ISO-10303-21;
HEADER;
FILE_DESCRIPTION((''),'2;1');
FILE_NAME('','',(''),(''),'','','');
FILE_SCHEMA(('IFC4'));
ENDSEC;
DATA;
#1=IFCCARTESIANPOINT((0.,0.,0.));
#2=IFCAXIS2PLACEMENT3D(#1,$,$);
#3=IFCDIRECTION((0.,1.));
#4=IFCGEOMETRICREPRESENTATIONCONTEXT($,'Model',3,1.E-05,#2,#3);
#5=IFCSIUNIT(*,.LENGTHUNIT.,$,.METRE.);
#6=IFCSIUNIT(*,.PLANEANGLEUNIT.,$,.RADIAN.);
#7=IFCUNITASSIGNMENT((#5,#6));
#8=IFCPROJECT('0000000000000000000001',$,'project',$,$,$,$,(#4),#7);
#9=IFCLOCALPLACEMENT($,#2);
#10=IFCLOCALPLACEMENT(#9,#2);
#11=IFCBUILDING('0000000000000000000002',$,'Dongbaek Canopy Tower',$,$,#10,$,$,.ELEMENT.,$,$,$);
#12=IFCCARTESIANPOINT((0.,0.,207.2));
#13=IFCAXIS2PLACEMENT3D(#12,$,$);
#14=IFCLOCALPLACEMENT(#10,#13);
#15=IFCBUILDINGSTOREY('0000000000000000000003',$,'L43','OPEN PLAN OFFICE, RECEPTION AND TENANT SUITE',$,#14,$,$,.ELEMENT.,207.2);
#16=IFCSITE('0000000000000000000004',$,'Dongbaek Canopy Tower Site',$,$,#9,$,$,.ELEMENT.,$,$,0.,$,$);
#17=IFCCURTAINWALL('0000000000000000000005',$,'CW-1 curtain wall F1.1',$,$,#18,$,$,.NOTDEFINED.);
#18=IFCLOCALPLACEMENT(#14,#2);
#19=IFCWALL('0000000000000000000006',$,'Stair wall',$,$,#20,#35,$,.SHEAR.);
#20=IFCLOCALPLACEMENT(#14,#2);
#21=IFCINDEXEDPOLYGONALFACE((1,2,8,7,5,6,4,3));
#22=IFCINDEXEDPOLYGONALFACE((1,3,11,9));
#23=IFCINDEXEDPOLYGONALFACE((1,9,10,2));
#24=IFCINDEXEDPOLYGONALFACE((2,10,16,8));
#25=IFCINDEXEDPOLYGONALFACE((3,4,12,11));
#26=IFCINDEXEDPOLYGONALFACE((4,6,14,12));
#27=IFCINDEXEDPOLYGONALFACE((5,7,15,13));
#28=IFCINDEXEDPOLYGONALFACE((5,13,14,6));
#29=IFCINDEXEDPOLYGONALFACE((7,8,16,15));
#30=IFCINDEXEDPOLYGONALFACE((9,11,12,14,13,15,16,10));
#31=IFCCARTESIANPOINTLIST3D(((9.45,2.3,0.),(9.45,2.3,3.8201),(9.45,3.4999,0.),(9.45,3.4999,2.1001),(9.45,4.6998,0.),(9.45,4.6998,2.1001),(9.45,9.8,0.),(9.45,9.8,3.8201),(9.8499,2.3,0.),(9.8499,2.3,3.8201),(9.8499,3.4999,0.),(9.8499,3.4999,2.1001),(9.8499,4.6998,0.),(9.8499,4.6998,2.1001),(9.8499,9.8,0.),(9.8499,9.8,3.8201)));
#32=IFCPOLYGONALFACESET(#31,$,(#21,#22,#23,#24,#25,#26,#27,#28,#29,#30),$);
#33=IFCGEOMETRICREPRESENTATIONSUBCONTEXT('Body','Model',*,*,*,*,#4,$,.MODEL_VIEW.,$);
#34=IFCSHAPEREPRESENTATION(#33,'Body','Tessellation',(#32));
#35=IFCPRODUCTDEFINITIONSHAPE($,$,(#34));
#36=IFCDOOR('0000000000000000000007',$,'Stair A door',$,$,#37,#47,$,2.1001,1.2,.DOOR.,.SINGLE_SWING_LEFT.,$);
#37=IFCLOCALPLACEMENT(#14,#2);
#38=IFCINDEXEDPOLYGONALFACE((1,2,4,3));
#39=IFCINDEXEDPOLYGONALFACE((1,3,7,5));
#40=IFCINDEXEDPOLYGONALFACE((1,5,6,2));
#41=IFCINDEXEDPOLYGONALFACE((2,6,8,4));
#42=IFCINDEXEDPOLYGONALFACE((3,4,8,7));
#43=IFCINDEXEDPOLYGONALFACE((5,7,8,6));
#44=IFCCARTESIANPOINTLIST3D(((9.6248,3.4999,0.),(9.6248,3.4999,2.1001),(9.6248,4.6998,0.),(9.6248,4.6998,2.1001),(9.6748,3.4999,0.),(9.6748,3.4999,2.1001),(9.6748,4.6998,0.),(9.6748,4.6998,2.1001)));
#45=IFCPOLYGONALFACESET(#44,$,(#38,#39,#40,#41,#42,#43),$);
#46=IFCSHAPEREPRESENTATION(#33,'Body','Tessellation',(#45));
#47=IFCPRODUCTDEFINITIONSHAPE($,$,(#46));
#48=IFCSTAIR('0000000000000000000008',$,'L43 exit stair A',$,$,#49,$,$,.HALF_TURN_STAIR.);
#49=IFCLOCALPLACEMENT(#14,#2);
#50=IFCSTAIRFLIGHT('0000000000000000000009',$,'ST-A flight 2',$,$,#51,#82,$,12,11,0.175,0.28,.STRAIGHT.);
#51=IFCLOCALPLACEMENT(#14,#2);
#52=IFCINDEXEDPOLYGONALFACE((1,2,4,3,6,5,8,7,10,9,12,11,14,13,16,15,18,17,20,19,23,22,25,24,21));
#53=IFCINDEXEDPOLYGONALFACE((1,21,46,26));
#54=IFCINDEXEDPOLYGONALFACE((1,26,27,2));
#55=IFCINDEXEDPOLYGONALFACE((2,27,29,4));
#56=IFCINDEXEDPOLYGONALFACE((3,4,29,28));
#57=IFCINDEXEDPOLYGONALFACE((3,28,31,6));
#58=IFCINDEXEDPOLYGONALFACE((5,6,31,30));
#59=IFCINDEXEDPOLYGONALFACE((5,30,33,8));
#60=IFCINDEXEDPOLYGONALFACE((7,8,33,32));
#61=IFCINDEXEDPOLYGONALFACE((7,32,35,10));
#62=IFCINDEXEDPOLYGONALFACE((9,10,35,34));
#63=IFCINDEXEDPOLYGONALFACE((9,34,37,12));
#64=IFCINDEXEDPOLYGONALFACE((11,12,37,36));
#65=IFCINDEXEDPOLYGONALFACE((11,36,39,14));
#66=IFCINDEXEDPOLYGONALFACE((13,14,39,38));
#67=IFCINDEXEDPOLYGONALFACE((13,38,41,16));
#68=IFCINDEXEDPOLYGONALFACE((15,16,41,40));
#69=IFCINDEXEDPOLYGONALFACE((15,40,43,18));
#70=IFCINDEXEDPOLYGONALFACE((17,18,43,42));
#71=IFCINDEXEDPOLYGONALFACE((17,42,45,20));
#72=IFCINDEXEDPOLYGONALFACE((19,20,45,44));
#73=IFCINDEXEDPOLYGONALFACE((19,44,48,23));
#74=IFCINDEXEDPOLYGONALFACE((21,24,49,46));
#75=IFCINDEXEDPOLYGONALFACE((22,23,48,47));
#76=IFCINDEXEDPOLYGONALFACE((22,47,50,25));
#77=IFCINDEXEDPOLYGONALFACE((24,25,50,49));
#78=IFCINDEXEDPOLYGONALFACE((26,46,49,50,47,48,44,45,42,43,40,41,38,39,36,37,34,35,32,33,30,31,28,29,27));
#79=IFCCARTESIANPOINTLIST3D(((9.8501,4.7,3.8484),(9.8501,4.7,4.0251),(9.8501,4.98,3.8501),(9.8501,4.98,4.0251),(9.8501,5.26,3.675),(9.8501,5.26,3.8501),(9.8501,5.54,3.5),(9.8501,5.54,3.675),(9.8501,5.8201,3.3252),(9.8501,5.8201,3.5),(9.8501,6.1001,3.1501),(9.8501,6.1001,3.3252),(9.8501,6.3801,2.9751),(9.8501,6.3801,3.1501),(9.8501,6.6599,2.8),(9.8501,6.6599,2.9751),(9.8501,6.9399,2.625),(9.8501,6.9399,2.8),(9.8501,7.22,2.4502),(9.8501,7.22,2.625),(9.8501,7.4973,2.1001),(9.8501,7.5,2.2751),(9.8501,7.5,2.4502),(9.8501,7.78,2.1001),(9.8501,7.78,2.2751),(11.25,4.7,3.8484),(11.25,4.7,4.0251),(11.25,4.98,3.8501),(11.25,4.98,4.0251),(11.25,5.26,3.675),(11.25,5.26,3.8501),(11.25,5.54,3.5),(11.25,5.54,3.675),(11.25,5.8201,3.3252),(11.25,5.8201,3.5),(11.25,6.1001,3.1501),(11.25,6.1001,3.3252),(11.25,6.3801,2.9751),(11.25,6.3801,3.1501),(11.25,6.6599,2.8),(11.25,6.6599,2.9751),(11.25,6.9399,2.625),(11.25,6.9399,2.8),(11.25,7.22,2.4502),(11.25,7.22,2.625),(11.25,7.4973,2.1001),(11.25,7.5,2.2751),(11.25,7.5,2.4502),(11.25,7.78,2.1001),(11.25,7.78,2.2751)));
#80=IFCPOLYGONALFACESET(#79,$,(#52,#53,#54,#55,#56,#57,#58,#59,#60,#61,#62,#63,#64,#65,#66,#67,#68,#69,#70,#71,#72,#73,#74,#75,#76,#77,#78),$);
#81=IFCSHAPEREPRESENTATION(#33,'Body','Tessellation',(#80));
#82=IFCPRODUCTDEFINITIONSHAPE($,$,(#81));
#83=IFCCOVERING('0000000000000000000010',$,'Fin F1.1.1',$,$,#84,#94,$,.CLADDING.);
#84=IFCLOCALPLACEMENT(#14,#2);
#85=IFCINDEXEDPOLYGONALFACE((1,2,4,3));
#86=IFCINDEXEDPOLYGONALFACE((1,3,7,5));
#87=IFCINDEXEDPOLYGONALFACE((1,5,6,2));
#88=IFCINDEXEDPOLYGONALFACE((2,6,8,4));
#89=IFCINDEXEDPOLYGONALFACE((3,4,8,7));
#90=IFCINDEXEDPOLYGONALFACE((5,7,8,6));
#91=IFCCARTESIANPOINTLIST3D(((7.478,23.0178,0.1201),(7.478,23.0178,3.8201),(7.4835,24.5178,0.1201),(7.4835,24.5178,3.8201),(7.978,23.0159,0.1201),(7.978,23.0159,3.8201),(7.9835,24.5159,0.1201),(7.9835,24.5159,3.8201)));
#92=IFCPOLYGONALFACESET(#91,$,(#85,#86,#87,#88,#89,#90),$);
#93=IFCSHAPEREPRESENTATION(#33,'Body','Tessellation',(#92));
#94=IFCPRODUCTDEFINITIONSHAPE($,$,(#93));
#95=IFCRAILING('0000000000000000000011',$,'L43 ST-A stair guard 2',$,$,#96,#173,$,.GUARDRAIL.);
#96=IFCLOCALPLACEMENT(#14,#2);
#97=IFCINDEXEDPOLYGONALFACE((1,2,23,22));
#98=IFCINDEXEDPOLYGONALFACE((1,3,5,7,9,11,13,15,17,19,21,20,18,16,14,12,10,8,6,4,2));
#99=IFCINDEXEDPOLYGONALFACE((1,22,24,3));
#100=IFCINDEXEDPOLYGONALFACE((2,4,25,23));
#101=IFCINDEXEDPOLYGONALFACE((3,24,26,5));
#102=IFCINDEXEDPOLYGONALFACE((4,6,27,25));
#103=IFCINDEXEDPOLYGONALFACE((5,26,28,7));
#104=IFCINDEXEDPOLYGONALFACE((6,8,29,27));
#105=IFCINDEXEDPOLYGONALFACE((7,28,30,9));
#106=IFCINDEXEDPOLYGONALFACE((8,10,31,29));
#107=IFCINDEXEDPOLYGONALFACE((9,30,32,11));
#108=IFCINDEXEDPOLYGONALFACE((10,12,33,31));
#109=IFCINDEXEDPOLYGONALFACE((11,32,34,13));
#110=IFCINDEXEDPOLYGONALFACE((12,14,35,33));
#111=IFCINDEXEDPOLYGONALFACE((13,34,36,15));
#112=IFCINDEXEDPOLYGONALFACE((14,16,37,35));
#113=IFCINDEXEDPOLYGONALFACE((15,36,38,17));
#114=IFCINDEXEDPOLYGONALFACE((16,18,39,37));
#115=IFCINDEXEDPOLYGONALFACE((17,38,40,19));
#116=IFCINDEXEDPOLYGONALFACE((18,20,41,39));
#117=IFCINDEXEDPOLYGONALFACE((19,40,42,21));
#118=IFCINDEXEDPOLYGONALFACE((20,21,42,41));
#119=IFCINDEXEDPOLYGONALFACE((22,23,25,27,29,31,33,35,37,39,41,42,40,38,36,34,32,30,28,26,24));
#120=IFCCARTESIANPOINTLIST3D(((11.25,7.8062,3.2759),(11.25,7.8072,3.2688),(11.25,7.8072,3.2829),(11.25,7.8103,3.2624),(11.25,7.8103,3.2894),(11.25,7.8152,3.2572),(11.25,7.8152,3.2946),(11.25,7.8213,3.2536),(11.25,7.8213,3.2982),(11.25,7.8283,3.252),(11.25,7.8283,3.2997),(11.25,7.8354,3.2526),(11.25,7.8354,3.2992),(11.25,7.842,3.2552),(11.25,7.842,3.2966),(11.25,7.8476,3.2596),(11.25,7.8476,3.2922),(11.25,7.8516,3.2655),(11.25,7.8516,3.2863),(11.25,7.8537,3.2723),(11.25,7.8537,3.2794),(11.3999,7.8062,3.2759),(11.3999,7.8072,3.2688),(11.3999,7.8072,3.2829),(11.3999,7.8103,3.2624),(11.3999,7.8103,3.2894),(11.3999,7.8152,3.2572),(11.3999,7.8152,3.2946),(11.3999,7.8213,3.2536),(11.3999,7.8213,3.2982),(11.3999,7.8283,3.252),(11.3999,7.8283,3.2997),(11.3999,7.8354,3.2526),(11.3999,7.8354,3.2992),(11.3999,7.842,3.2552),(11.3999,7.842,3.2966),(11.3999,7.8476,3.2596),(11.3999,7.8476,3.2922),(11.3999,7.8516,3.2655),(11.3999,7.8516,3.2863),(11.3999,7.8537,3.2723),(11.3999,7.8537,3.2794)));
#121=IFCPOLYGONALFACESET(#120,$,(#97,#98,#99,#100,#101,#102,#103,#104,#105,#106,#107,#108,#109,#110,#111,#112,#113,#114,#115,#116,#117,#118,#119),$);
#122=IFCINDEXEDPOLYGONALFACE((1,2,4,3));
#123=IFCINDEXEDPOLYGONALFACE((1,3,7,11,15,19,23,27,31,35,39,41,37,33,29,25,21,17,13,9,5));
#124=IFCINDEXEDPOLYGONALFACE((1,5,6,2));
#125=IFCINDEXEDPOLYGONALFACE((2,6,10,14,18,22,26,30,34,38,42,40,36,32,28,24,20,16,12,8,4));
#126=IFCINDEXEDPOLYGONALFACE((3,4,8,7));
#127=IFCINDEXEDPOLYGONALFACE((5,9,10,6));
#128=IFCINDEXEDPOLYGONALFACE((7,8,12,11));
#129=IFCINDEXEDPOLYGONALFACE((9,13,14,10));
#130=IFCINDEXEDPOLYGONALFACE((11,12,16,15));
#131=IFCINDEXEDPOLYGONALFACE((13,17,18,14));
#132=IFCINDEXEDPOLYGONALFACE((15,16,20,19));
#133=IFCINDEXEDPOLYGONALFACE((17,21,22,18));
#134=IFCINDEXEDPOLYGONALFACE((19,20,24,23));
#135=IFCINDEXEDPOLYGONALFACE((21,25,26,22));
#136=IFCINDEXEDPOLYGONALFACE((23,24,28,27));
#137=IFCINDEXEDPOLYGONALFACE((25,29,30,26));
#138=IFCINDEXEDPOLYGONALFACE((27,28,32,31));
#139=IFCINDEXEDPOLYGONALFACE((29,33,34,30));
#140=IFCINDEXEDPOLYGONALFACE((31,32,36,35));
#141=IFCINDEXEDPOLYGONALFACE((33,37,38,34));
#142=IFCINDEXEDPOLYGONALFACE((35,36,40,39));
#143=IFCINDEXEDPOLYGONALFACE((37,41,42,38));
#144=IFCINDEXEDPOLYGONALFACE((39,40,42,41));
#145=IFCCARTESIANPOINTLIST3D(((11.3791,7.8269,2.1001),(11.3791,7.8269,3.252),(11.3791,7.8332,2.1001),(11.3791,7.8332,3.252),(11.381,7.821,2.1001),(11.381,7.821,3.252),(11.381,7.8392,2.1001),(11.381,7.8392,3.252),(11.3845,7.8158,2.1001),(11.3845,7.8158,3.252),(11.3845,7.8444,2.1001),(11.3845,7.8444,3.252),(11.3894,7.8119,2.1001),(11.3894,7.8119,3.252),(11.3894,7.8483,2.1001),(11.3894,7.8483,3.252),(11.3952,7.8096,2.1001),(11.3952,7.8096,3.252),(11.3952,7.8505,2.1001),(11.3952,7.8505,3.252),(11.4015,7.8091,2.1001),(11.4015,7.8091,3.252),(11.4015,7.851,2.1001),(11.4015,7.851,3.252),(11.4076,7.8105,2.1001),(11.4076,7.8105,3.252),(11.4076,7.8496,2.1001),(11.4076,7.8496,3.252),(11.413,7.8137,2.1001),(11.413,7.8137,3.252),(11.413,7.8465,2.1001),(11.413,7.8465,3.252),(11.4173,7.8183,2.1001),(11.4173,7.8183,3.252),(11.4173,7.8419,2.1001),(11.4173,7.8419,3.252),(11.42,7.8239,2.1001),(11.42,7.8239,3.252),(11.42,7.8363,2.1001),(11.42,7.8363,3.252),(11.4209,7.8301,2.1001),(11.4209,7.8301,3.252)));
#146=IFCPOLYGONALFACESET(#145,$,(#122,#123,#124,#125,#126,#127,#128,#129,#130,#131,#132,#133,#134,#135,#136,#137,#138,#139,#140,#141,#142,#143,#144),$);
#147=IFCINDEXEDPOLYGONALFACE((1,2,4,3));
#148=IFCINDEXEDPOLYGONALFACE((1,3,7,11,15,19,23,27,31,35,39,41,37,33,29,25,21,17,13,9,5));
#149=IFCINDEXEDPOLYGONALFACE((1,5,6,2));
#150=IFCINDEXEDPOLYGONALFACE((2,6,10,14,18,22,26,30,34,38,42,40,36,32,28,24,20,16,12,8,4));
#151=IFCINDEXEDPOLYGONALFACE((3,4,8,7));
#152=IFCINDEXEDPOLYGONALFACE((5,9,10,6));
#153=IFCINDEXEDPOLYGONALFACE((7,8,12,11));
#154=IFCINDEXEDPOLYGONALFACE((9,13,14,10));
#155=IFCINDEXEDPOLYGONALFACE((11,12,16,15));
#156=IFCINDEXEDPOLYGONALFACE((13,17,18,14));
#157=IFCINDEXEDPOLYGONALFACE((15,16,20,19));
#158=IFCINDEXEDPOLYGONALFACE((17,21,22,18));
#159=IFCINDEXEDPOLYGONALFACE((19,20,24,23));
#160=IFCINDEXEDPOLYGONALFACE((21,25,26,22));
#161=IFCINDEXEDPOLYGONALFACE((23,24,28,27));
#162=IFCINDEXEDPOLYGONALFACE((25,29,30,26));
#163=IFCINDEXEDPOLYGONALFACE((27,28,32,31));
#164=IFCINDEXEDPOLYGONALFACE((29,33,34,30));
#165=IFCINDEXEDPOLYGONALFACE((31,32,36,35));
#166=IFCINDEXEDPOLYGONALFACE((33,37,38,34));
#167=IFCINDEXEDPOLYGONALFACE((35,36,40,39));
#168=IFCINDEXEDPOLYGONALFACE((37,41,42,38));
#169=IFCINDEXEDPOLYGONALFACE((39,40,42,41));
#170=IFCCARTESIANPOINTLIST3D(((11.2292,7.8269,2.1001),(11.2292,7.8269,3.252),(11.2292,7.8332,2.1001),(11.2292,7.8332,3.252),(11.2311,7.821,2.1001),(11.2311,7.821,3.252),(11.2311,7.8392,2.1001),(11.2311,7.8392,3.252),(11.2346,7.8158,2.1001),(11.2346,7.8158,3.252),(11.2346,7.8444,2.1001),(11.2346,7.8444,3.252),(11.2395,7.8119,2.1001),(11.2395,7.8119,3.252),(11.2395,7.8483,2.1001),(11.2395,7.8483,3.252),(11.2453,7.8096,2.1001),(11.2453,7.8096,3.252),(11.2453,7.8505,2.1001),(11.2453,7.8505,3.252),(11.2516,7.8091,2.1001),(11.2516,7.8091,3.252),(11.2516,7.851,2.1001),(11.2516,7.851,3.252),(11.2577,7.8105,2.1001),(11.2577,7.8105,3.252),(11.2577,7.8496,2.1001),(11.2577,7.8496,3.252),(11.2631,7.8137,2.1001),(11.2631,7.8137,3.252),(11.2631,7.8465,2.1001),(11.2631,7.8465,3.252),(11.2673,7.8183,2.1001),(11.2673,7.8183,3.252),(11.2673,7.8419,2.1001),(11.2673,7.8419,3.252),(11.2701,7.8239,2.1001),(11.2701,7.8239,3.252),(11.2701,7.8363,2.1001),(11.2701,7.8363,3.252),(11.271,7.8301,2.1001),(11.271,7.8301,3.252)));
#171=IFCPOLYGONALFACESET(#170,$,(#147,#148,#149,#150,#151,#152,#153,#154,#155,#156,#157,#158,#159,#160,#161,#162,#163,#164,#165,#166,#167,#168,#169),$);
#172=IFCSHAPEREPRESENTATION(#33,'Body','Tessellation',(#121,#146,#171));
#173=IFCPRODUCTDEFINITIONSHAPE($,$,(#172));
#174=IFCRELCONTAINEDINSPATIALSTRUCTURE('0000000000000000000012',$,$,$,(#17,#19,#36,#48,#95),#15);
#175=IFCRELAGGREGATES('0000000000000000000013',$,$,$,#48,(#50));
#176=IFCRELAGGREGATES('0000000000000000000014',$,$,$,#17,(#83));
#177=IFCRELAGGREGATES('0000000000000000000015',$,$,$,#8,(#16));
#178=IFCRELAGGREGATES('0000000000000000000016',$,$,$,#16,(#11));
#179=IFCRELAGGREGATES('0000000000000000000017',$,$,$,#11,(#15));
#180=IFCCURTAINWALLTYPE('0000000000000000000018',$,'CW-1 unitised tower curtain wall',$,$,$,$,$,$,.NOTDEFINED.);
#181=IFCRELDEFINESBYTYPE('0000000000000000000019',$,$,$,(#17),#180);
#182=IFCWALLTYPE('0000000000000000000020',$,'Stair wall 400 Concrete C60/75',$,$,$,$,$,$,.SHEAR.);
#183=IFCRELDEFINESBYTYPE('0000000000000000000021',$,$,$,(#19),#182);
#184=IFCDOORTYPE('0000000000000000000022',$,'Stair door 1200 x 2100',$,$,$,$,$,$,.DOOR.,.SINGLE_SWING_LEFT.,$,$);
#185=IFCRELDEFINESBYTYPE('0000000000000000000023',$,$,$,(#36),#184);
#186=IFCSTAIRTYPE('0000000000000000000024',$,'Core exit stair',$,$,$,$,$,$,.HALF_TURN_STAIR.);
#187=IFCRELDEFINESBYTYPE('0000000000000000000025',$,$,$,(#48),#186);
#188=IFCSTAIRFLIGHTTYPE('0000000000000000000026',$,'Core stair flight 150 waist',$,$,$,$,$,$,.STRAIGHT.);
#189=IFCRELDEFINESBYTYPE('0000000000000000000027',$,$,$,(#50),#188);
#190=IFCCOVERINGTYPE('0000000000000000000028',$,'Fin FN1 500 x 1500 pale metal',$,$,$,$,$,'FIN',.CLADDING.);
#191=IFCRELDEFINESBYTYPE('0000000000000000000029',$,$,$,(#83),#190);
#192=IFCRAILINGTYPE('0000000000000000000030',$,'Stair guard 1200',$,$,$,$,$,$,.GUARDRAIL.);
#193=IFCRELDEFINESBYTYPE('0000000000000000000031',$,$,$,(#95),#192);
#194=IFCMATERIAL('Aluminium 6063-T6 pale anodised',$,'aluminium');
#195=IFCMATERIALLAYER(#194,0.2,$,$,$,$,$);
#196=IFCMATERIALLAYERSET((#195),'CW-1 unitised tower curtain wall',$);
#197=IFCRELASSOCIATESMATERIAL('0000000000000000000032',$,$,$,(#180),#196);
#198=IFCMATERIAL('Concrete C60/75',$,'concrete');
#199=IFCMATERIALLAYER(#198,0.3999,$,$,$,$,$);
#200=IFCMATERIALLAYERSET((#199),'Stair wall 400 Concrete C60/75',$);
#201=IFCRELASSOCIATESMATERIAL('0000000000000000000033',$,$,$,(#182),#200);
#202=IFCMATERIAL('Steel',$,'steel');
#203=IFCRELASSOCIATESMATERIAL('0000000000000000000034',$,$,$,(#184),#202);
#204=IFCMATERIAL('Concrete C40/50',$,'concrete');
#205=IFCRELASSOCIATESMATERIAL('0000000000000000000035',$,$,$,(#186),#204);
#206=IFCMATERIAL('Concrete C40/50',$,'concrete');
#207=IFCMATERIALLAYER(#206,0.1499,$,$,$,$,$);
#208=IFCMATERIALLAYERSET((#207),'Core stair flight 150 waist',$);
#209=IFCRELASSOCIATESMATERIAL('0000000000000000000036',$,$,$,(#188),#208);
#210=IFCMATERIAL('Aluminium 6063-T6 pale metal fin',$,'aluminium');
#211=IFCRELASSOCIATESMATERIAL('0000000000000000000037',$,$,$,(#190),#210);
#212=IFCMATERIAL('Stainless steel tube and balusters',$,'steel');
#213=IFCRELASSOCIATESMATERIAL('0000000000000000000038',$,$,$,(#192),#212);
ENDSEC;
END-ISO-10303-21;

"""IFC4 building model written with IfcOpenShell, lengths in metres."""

from ifc_helpers import new_model, si_unit, direction, frame, frame_2d, origin, origin_2d, place, context, subcontext, project, spatial, polyline, rectangle, circle, outline, extrude, material, layer, layer_set, material_profile, profile_set, type_object, element, fill, aggregate, save


model = new_model("IFC4")

# Units and contexts
model_context = context("Model", 3, precision=1e-05, world=origin(), true_north=direction((0.0, 1.0)))
body_context = subcontext(model_context, "Body", "Model", "MODEL_VIEW")
ifc_project = project(units=[si_unit("LENGTHUNIT", "METRE"), si_unit("PLANEANGLEUNIT", "RADIAN")], contexts=[model_context])

# Site, building, storey
site_placement = place(None, origin())
site = spatial("IfcSite", under=ifc_project, at=site_placement, Name="Dongbaek Canopy Tower Site", CompositionType="ELEMENT", RefElevation=0.0)
building_placement = place(site_placement, origin())
building = spatial("IfcBuilding", under=site, at=building_placement, Name="Dongbaek Canopy Tower", CompositionType="ELEMENT")
storey_placement = place(building_placement, frame((0.0, 0.0, 207.2)))
storey = spatial("IfcBuildingStorey", under=building, at=storey_placement, Name="L43", Description="OPEN PLAN OFFICE, RECEPTION AND TENANT SUITE", CompositionType="ELEMENT", Elevation=207.2)

# Shared definitions
ifc_material_1 = material(Name="Aluminium 6063-T6 pale anodised", Category="aluminium")
ifc_layer_1 = layer(ifc_material_1, 0.2)
ifc_layer_set_1 = layer_set([ifc_layer_1], Name="CW-1 unitised tower curtain wall")
curtain_wall_type = type_object("IfcCurtainWallType", Name="CW-1 unitised tower curtain wall", PredefinedType="NOTDEFINED", material=ifc_layer_set_1)

# Curtain wall
curtain_wall_1_placement = place(storey_placement, origin())
curtain_wall_1 = element("IfcCurtainWall", 1, at=curtain_wall_1_placement, inside=storey, type_object=curtain_wall_type, Name="CW-1 curtain wall F1.1", PredefinedType="NOTDEFINED")

# Wall, opening, door
ifc_material_2 = material(Name="Concrete C60/75", Category="concrete")
ifc_layer_2 = layer(ifc_material_2, 0.3999)
ifc_layer_set_2 = layer_set([ifc_layer_2], Name="Stair wall 400 Concrete C60/75")
wall_type_1 = type_object("IfcWallType", Name="Stair wall 400 Concrete C60/75", PredefinedType="SHEAR", material=ifc_layer_set_2)
wall_1_placement = place(storey_placement, frame((9.6499, 9.8, 0.0), z_axis=(0.0, 0.0, 1.0), x_axis=(0.0, -1.0, 0.0)))
wall_1 = element("IfcWall", 2, at=wall_1_placement, inside=storey, type_object=wall_type_1, Name="Stair wall", PredefinedType="SHEAR", context=body_context, shape_type="SweptSolid", body=[
    extrude(rectangle(XDim=7.5, YDim=0.3999, at=frame_2d((3.75, 0.0))), origin(), (0.0, 0.0, 1.0), 3.8201),
])
opening_placement = place(wall_1_placement, frame((5.1001, 0.0, 0.0)))
opening = element("IfcOpeningElement", 3, at=opening_placement, cuts=wall_1, PredefinedType="OPENING", context=body_context, shape_type="SweptSolid", body=[
    extrude(rectangle(XDim=1.2, YDim=2.1001, at=frame_2d((0.6001, 1.05))), frame((0.0, 0.21, 0.0), z_axis=(0.0, -1.0, 0.0), x_axis=(1.0, 0.0, 0.0)), (0.0, 0.0, 1.0), 0.4199),
])
ifc_material_3 = material(Name="Steel", Category="steel")
door_type = type_object("IfcDoorType", Name="Stair door 1200 x 2100", OperationType="SINGLE_SWING_LEFT", PredefinedType="DOOR", material=ifc_material_3)
door_placement = place(opening_placement, origin())
door = element("IfcDoor", 4, at=door_placement, inside=storey, type_object=door_type, Name="Stair A door", OperationType="SINGLE_SWING_LEFT", OverallHeight=2.1001, OverallWidth=1.2, PredefinedType="DOOR", context=body_context, shape_type="SweptSolid", body=[
    extrude(rectangle(XDim=1.2, YDim=2.1001, at=frame_2d((0.6001, 1.05))), frame((0.0, 0.0249, 0.0), z_axis=(0.0, -1.0, 0.0), x_axis=(1.0, 0.0, 0.0)), (0.0, 0.0, 1.0), 0.05),
])
fill(opening, door)

# Stair, stair flight
ifc_material_4 = material(Name="Concrete C40/50", Category="concrete")
stair_type = type_object("IfcStairType", Name="Core exit stair", PredefinedType="HALF_TURN_STAIR", material=ifc_material_4)
stair_placement = place(storey_placement, origin())
stair = element("IfcStair", 5, at=stair_placement, inside=storey, type_object=stair_type, Name="L43 exit stair A", PredefinedType="HALF_TURN_STAIR")
ifc_material_5 = material(Name="Concrete C40/50", Category="concrete")
ifc_layer_3 = layer(ifc_material_5, 0.1499)
ifc_layer_set_3 = layer_set([ifc_layer_3], Name="Core stair flight 150 waist")
stair_flight_type = type_object("IfcStairFlightType", Name="Core stair flight 150 waist", PredefinedType="STRAIGHT", material=ifc_layer_set_3)
stair_flight_placement = place(storey_placement, frame((10.55, 7.78, 2.1001), z_axis=(0.0, 0.0, 1.0), x_axis=(0.0, -1.0, 0.0)))
stair_flight = element("IfcStairFlight", 6, at=stair_flight_placement, type_object=stair_flight_type, Name="ST-A flight 2", NumberOfRisers=12, NumberOfTreads=11, PredefinedType="STRAIGHT", RiserHeight=0.175, TreadLength=0.28, context=body_context, shape_type="SweptSolid", body=[
    extrude(outline(polyline([(0.0, 0.0), (0.0, 0.175), (0.28, 0.175), (0.28, 0.3501), (0.5601, 0.3501), (0.5601, 0.5249), (0.8401, 0.5249), (0.8401, 0.7), (1.1201, 0.7), (1.1201, 0.875), (1.3999, 0.875), (1.3999, 1.05), (1.6799, 1.05), (1.6799, 1.2251), (1.96, 1.2251), (1.96, 1.3999), (2.24, 1.3999), (2.24, 1.575), (2.52, 1.575), (2.52, 1.75), (2.8, 1.75), (2.8, 1.925), (3.0801, 1.925), (3.0801, 2.1001), (3.0801, 1.7483), (0.2827, 0.0), (0.0, 0.0)])), frame((0.0, 0.7, 0.0), z_axis=(0.0, -1.0, 0.0), x_axis=(1.0, 0.0, 0.0)), (0.0, 0.0, 1.0), 1.3999),
])
aggregate(stair, [stair_flight])

# Covering
ifc_material_6 = material(Name="Aluminium 6063-T6 pale metal fin", Category="aluminium")
ifc_material_profile_1 = material_profile(ifc_material_6, rectangle(XDim=1.5, YDim=0.5, at=origin_2d()), Name="Fin FN1 500 x 1500 pale metal")
ifc_profile_set_1 = profile_set([ifc_material_profile_1], Name="Aluminium 6063-T6 pale metal fin")
covering_type = type_object("IfcCoveringType", Name="Fin FN1 500 x 1500 pale metal", ElementType="FIN", PredefinedType="CLADDING", material=ifc_profile_set_1)
covering_placement = place(storey_placement, frame((7.7307, 23.7668, 0.1201), z_axis=(0.0, 0.0, 1.0), x_axis=(0.003675, 0.999993, 0.0)))
covering = element("IfcCovering", 7, at=covering_placement, type_object=covering_type, Name="Fin F1.1.1", PredefinedType="CLADDING", context=body_context, shape_type="SweptSolid", body=[
    extrude(rectangle(XDim=1.5, YDim=0.5, at=origin_2d()), origin(), (0.0, 0.0, 1.0), 3.7),
])
aggregate(curtain_wall_1, [covering])

# Railing
ifc_material_7 = material(Name="Stainless steel tube and balusters", Category="steel")
railing_type = type_object("IfcRailingType", Name="Stair guard 1200", PredefinedType="GUARDRAIL", material=ifc_material_7)
railing_1_placement = place(storey_placement, frame((11.3999, 7.8301, 2.1001)))
element("IfcRailing", 8, at=railing_1_placement, inside=storey, type_object=railing_type, Name="L43 ST-A stair guard 2", PredefinedType="GUARDRAIL", context=body_context, shape_type="SweptSolid", body=[
    extrude(circle(Radius=0.0239, at=origin_2d()), frame((0.0, 0.0, 1.1758), z_axis=(-1.0, 0.0, 0.0), x_axis=(0.0, -1.0, 0.0)), (0.0, 0.0, 1.0), 0.1499),
    extrude(circle(Radius=0.021, at=origin_2d()), origin(), (0.0, 0.0, 1.0), 1.1519),
    extrude(circle(Radius=0.021, at=origin_2d()), frame((-0.1499, 0.0, 0.0)), (0.0, 0.0, 1.0), 1.1519),
])

save(model, "model.ifc")
